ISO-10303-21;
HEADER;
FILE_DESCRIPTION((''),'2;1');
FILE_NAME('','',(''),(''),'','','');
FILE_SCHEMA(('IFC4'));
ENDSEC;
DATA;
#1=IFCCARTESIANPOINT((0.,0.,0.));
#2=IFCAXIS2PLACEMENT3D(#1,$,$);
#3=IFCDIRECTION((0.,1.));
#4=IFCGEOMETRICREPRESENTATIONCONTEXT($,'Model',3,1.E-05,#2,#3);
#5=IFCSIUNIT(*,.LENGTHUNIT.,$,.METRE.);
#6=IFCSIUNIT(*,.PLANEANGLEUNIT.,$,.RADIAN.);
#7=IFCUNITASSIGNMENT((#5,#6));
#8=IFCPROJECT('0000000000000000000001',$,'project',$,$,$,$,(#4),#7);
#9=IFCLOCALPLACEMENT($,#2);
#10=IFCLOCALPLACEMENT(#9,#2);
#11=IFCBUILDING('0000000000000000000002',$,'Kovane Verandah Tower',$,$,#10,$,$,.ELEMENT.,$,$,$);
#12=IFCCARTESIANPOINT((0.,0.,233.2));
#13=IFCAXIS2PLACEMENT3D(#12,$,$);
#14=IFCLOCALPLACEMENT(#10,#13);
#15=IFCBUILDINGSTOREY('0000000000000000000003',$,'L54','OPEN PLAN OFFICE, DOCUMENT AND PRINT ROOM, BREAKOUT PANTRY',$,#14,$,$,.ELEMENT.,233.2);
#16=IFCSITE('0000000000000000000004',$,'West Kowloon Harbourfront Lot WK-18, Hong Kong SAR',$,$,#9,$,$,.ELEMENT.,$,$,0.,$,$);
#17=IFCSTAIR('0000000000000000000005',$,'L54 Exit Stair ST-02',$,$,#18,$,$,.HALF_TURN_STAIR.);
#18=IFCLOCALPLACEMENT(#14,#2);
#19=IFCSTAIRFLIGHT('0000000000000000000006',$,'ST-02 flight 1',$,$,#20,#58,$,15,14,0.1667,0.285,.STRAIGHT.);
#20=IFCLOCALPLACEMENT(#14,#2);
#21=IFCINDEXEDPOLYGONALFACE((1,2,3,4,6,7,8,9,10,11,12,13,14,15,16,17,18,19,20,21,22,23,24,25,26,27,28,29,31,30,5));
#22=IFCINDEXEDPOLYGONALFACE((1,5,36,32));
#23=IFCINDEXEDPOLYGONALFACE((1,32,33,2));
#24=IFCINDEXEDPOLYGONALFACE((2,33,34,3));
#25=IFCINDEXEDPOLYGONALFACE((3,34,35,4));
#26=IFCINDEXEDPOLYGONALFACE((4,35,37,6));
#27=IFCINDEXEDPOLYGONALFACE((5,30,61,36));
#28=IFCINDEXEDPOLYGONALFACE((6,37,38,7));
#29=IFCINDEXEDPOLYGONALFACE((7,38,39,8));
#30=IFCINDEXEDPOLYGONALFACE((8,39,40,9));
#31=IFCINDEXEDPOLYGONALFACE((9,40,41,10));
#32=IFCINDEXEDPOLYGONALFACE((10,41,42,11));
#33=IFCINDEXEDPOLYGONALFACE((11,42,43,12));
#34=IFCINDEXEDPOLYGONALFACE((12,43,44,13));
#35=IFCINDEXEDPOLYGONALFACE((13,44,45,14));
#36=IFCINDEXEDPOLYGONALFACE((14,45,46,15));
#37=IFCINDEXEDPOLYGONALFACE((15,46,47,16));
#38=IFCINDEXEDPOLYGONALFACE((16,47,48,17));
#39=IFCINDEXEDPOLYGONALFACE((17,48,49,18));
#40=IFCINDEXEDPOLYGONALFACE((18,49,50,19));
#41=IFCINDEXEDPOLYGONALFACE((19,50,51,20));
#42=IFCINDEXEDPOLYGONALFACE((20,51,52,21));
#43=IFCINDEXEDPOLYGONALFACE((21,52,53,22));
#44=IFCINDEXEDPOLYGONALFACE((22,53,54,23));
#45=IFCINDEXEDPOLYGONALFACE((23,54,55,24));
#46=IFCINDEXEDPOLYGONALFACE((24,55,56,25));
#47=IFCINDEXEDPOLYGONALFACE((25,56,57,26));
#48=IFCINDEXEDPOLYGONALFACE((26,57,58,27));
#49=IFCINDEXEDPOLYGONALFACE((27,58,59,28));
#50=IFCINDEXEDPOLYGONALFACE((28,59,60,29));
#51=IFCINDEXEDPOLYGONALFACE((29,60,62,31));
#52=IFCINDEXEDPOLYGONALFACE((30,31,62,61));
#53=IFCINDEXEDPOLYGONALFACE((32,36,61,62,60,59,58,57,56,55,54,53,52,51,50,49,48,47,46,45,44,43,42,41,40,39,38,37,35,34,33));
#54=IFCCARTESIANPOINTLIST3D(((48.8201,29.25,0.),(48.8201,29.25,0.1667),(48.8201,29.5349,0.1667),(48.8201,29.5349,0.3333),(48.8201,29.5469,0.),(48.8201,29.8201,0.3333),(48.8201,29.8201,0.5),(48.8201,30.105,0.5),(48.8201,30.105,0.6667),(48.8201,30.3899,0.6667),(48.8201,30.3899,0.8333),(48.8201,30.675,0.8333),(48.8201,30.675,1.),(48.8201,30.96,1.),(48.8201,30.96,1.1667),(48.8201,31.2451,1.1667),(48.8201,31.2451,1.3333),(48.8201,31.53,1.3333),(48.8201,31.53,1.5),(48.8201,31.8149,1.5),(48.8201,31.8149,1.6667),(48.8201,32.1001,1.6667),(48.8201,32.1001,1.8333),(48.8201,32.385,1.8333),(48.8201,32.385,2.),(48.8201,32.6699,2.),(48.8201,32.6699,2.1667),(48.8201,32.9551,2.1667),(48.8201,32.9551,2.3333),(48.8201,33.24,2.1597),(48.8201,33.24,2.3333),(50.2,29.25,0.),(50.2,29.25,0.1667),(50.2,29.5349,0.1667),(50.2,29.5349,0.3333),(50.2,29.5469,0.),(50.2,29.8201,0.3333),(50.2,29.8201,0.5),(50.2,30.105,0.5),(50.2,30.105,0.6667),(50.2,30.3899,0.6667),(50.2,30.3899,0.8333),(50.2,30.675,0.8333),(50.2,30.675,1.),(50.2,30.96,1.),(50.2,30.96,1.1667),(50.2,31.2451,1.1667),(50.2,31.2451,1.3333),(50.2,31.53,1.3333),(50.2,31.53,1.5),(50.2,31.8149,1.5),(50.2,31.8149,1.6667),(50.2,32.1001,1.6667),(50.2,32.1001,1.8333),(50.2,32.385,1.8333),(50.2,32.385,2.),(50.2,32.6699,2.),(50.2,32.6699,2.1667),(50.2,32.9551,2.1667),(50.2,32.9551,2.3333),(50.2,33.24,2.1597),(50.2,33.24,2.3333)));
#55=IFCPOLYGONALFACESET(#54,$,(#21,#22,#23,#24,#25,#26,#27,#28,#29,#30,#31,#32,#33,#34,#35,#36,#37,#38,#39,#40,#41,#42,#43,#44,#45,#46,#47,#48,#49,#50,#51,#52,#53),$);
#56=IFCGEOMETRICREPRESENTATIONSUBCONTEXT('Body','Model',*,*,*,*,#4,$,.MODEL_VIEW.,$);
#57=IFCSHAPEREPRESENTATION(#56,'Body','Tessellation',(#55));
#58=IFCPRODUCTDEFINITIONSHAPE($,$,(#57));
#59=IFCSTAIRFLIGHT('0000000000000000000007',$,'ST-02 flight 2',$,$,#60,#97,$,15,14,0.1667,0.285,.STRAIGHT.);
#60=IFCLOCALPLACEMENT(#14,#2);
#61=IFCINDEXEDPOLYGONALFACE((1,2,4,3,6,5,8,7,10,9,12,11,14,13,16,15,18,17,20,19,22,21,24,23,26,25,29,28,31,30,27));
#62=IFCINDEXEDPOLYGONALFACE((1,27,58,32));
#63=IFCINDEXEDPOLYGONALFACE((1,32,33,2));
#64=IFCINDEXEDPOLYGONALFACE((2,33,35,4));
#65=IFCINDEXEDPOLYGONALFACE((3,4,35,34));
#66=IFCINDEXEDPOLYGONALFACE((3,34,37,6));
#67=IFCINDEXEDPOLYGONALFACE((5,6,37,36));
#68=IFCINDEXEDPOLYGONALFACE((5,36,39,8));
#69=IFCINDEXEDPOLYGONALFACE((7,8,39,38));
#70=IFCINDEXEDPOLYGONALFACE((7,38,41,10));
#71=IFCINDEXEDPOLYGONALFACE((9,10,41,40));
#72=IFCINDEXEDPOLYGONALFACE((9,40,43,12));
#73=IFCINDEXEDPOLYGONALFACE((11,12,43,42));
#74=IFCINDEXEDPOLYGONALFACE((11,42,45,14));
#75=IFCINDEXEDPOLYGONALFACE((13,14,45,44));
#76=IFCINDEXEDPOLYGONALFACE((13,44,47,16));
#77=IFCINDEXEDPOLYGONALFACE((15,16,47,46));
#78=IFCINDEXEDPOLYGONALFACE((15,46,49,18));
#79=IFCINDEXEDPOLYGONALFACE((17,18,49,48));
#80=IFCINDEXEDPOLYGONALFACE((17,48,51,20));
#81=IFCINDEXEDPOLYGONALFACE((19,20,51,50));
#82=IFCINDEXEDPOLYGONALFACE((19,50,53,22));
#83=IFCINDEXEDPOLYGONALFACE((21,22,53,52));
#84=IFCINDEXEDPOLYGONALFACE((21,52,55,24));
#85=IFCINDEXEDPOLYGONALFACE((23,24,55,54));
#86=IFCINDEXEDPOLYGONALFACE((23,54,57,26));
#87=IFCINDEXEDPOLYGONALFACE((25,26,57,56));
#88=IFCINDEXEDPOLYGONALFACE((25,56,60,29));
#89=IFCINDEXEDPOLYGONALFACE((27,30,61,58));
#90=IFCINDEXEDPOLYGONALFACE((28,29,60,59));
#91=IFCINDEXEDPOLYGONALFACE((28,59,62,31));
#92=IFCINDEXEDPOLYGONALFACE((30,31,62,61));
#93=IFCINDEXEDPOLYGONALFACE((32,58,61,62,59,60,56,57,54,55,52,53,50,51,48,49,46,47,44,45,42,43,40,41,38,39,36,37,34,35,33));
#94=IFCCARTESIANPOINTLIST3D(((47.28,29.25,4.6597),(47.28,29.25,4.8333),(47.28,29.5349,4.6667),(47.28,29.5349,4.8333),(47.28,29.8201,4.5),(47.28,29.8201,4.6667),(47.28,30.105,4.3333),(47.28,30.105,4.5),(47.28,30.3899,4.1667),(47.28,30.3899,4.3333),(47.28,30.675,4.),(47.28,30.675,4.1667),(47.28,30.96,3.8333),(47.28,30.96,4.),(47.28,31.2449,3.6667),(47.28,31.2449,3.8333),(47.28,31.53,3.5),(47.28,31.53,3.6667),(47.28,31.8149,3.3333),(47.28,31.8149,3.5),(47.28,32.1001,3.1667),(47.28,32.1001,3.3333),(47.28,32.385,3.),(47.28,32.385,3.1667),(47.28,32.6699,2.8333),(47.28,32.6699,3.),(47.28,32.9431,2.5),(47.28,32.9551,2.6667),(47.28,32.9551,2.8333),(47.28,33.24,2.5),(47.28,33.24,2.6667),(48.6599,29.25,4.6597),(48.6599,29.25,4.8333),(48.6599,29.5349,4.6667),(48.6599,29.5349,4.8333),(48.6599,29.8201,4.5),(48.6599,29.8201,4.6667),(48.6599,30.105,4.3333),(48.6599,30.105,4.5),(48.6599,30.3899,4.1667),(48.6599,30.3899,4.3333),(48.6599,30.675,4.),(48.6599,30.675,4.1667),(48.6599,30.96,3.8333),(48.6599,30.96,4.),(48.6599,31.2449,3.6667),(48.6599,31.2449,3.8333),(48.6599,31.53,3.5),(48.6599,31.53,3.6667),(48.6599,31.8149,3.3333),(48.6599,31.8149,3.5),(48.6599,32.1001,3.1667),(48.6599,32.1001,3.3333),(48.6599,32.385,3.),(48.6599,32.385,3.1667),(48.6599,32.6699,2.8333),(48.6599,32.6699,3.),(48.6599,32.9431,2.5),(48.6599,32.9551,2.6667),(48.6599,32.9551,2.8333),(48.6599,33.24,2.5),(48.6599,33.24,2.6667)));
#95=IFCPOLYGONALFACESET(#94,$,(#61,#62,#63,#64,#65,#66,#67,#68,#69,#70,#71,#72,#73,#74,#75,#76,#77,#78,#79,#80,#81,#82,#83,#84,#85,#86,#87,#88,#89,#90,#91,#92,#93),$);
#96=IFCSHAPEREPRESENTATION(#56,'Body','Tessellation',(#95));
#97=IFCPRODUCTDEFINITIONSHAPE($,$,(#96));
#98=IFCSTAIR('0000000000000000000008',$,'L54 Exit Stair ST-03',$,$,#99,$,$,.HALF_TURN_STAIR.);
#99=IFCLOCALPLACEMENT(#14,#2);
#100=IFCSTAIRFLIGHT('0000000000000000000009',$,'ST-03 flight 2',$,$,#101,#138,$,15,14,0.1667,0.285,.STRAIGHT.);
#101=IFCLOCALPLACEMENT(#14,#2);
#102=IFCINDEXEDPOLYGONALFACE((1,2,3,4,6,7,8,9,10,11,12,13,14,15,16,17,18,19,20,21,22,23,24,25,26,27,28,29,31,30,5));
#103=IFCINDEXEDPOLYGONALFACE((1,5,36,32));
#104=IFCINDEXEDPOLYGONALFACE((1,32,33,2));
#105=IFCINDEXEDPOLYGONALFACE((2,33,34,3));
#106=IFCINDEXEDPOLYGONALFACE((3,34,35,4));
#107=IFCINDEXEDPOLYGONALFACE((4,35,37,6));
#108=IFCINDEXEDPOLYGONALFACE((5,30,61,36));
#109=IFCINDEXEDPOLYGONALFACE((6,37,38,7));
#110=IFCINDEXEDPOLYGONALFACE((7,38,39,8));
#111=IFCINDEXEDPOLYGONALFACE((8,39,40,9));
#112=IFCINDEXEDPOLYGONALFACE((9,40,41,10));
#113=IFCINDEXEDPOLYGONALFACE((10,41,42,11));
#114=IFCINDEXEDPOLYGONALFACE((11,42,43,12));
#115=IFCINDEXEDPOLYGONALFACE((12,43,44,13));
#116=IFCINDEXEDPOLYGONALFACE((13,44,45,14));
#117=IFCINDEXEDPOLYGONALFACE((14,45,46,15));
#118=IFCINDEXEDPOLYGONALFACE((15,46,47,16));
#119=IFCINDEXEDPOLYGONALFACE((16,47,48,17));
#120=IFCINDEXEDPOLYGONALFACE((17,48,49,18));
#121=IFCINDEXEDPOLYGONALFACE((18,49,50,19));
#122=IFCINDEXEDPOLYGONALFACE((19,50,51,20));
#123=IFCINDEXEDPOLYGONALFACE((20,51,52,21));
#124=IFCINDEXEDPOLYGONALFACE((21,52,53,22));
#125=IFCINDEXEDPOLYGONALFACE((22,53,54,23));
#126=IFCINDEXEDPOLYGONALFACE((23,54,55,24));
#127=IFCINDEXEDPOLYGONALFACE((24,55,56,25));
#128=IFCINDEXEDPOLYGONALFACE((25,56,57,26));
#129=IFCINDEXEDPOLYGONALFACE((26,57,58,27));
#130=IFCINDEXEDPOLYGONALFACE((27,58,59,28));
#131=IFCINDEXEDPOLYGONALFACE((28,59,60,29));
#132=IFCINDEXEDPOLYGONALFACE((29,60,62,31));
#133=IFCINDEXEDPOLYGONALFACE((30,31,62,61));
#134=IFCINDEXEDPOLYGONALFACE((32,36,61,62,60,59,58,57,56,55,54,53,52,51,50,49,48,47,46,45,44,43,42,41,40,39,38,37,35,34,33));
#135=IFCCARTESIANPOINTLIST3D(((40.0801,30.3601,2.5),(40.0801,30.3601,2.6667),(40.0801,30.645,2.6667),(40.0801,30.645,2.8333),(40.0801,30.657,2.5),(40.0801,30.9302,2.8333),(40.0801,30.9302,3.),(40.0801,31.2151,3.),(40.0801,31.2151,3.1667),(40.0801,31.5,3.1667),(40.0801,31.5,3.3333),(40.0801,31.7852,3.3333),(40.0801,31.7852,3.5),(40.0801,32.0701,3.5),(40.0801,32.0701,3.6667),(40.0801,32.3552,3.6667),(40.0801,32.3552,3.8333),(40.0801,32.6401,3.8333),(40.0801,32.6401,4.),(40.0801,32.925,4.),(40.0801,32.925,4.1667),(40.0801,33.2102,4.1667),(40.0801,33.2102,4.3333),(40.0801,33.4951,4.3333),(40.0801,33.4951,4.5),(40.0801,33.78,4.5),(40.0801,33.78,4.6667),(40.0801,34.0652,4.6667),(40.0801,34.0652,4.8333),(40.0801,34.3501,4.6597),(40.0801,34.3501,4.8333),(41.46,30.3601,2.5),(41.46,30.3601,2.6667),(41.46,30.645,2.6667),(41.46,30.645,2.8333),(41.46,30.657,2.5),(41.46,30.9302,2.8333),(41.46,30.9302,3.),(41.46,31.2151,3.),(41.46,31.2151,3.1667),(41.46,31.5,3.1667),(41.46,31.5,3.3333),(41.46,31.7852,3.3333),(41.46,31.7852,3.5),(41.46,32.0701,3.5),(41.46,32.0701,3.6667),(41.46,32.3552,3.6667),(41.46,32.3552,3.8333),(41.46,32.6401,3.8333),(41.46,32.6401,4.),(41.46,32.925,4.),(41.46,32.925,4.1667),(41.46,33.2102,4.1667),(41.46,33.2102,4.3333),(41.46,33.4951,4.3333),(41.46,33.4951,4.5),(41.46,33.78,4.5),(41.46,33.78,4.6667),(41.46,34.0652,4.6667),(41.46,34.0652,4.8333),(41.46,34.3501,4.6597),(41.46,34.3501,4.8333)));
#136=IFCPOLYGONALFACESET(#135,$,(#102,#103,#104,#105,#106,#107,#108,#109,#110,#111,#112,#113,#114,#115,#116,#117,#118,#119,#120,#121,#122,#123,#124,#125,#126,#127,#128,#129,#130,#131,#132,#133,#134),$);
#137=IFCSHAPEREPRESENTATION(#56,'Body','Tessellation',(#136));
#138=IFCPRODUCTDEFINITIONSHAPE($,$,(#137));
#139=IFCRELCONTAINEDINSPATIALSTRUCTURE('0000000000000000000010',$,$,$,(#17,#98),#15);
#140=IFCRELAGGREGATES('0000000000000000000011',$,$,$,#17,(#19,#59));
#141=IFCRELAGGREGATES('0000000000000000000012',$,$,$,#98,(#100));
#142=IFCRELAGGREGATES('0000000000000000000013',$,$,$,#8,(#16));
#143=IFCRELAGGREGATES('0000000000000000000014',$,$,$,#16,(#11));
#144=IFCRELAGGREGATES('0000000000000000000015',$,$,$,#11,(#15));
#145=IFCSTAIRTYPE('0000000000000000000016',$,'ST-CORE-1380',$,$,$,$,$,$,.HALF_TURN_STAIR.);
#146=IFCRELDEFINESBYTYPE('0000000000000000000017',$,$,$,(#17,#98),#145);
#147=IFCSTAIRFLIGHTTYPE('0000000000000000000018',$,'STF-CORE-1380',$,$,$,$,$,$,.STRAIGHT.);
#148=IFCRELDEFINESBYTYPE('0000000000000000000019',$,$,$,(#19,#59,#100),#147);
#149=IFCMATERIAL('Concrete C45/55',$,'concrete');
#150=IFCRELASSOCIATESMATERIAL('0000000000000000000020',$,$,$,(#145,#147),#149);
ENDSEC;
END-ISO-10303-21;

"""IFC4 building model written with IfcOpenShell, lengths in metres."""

from ifc_helpers import new_model, si_unit, direction, frame, origin, place, context, subcontext, project, spatial, polyline, outline, extrude, material, type_object, element, aggregate, save


model = new_model("IFC4")

# Units and contexts
model_context = context("Model", 3, precision=1e-05, world=origin(), true_north=direction((0.0, 1.0)))
body_context = subcontext(model_context, "Body", "Model", "MODEL_VIEW")
ifc_project = project(units=[si_unit("LENGTHUNIT", "METRE"), si_unit("PLANEANGLEUNIT", "RADIAN")], contexts=[model_context])

# Site, building, storey
site_placement = place(None, origin())
site = spatial("IfcSite", under=ifc_project, at=site_placement, Name="West Kowloon Harbourfront Lot WK-18, Hong Kong SAR", CompositionType="ELEMENT", RefElevation=0.0)
building_placement = place(site_placement, origin())
building = spatial("IfcBuilding", under=site, at=building_placement, Name="Kovane Verandah Tower", CompositionType="ELEMENT")
storey_placement = place(building_placement, frame((0.0, 0.0, 233.2)))
storey = spatial("IfcBuildingStorey", under=building, at=storey_placement, Name="L54", Description="OPEN PLAN OFFICE, DOCUMENT AND PRINT ROOM, BREAKOUT PANTRY", CompositionType="ELEMENT", Elevation=233.2)

# Shared definitions
ifc_material_1 = material(Name="Concrete C45/55", Category="concrete")

# Stair, stair flights
stair_type = type_object("IfcStairType", Name="ST-CORE-1380", PredefinedType="HALF_TURN_STAIR", material=ifc_material_1)
stair_1_placement = place(storey_placement, origin())
stair_1 = element("IfcStair", 1, at=stair_1_placement, inside=storey, type_object=stair_type, Name="L54 Exit Stair ST-02", PredefinedType="HALF_TURN_STAIR")
stair_flight_type = type_object("IfcStairFlightType", Name="STF-CORE-1380", PredefinedType="STRAIGHT", material=ifc_material_1)
stair_flight_1_placement = place(storey_placement, frame((49.51, 29.25, 0.0), z_axis=(0.0, 0.0, 1.0), x_axis=(0.0, 1.0, 0.0)))
stair_flight_1 = element("IfcStairFlight", 2, at=stair_flight_1_placement, type_object=stair_flight_type, Name="ST-02 flight 1", NumberOfRisers=15, NumberOfTreads=14, PredefinedType="STRAIGHT", RiserHeight=0.1667, TreadLength=0.285, context=body_context, shape_type="SweptSolid", body=[
    extrude(outline(polyline([(0.0, 0.0), (0.0, 0.1667), (0.2849, 0.1667), (0.2849, 0.3333), (0.5701, 0.3333), (0.5701, 0.5), (0.855, 0.5), (0.855, 0.6667), (1.1399, 0.6667), (1.1399, 0.8333), (1.425, 0.8333), (1.425, 1.0), (1.71, 1.0), (1.71, 1.1667), (1.9951, 1.1667), (1.9951, 1.3333), (2.28, 1.3333), (2.28, 1.5), (2.5649, 1.5), (2.5649, 1.6667), (2.8501, 1.6667), (2.8501, 1.8333), (3.135, 1.8333), (3.135, 2.0), (3.4199, 2.0), (3.4199, 2.1667), (3.7051, 2.1667), (3.7051, 2.3333), (3.99, 2.3333), (3.99, 2.5), (3.99, 2.1597), (0.2969, 0.0), (0.0, 0.0)])), frame((0.0, 0.6899, 0.0), z_axis=(0.0, -1.0, 0.0), x_axis=(1.0, 0.0, 0.0)), (0.0, 0.0, 1.0), 1.3799),
])
stair_flight_2_placement = place(storey_placement, frame((47.97, 33.24, 2.5), z_axis=(0.0, 0.0, 1.0), x_axis=(0.0, -1.0, 0.0)))
stair_flight_2 = element("IfcStairFlight", 3, at=stair_flight_2_placement, type_object=stair_flight_type, Name="ST-02 flight 2", NumberOfRisers=15, NumberOfTreads=14, PredefinedType="STRAIGHT", RiserHeight=0.1667, TreadLength=0.285, context=body_context, shape_type="SweptSolid", body=[
    extrude(outline(polyline([(0.0, 0.0), (0.0, 0.1667), (0.2849, 0.1667), (0.2849, 0.3333), (0.5701, 0.3333), (0.5701, 0.5), (0.855, 0.5), (0.855, 0.6667), (1.1399, 0.6667), (1.1399, 0.8333), (1.425, 0.8333), (1.425, 1.0), (1.71, 1.0), (1.71, 1.1667), (1.9951, 1.1667), (1.9951, 1.3333), (2.28, 1.3333), (2.28, 1.5), (2.5649, 1.5), (2.5649, 1.6667), (2.8501, 1.6667), (2.8501, 1.8333), (3.135, 1.8333), (3.135, 2.0), (3.4199, 2.0), (3.4199, 2.1667), (3.7051, 2.1667), (3.7051, 2.3333), (3.99, 2.3333), (3.99, 2.5), (3.99, 2.1597), (0.2969, 0.0), (0.0, 0.0)])), frame((0.0, 0.6899, 0.0), z_axis=(0.0, -1.0, 0.0), x_axis=(1.0, 0.0, 0.0)), (0.0, 0.0, 1.0), 1.3799),
])
aggregate(stair_1, [stair_flight_1, stair_flight_2])

# Stair, stair flight
stair_2_placement = place(storey_placement, origin())
stair_2 = element("IfcStair", 4, at=stair_2_placement, inside=storey, type_object=stair_type, Name="L54 Exit Stair ST-03", PredefinedType="HALF_TURN_STAIR")
stair_flight_3_placement = place(storey_placement, frame((40.77, 30.3601, 2.5), z_axis=(0.0, 0.0, 1.0), x_axis=(0.0, 1.0, 0.0)))
stair_flight_3 = element("IfcStairFlight", 5, at=stair_flight_3_placement, type_object=stair_flight_type, Name="ST-03 flight 2", NumberOfRisers=15, NumberOfTreads=14, PredefinedType="STRAIGHT", RiserHeight=0.1667, TreadLength=0.285, context=body_context, shape_type="SweptSolid", body=[
    extrude(outline(polyline([(0.0, 0.0), (0.0, 0.1667), (0.2849, 0.1667), (0.2849, 0.3333), (0.5701, 0.3333), (0.5701, 0.5), (0.855, 0.5), (0.855, 0.6667), (1.1399, 0.6667), (1.1399, 0.8333), (1.425, 0.8333), (1.425, 1.0), (1.71, 1.0), (1.71, 1.1667), (1.9951, 1.1667), (1.9951, 1.3333), (2.28, 1.3333), (2.28, 1.5), (2.5649, 1.5), (2.5649, 1.6667), (2.8501, 1.6667), (2.8501, 1.8333), (3.135, 1.8333), (3.135, 2.0), (3.4199, 2.0), (3.4199, 2.1667), (3.7051, 2.1667), (3.7051, 2.3333), (3.99, 2.3333), (3.99, 2.5), (3.99, 2.1597), (0.2969, 0.0), (0.0, 0.0)])), frame((0.0, 0.6899, 0.0), z_axis=(0.0, -1.0, 0.0), x_axis=(1.0, 0.0, 0.0)), (0.0, 0.0, 1.0), 1.3799),
])
aggregate(stair_2, [stair_flight_3])

save(model, "model.ifc")
